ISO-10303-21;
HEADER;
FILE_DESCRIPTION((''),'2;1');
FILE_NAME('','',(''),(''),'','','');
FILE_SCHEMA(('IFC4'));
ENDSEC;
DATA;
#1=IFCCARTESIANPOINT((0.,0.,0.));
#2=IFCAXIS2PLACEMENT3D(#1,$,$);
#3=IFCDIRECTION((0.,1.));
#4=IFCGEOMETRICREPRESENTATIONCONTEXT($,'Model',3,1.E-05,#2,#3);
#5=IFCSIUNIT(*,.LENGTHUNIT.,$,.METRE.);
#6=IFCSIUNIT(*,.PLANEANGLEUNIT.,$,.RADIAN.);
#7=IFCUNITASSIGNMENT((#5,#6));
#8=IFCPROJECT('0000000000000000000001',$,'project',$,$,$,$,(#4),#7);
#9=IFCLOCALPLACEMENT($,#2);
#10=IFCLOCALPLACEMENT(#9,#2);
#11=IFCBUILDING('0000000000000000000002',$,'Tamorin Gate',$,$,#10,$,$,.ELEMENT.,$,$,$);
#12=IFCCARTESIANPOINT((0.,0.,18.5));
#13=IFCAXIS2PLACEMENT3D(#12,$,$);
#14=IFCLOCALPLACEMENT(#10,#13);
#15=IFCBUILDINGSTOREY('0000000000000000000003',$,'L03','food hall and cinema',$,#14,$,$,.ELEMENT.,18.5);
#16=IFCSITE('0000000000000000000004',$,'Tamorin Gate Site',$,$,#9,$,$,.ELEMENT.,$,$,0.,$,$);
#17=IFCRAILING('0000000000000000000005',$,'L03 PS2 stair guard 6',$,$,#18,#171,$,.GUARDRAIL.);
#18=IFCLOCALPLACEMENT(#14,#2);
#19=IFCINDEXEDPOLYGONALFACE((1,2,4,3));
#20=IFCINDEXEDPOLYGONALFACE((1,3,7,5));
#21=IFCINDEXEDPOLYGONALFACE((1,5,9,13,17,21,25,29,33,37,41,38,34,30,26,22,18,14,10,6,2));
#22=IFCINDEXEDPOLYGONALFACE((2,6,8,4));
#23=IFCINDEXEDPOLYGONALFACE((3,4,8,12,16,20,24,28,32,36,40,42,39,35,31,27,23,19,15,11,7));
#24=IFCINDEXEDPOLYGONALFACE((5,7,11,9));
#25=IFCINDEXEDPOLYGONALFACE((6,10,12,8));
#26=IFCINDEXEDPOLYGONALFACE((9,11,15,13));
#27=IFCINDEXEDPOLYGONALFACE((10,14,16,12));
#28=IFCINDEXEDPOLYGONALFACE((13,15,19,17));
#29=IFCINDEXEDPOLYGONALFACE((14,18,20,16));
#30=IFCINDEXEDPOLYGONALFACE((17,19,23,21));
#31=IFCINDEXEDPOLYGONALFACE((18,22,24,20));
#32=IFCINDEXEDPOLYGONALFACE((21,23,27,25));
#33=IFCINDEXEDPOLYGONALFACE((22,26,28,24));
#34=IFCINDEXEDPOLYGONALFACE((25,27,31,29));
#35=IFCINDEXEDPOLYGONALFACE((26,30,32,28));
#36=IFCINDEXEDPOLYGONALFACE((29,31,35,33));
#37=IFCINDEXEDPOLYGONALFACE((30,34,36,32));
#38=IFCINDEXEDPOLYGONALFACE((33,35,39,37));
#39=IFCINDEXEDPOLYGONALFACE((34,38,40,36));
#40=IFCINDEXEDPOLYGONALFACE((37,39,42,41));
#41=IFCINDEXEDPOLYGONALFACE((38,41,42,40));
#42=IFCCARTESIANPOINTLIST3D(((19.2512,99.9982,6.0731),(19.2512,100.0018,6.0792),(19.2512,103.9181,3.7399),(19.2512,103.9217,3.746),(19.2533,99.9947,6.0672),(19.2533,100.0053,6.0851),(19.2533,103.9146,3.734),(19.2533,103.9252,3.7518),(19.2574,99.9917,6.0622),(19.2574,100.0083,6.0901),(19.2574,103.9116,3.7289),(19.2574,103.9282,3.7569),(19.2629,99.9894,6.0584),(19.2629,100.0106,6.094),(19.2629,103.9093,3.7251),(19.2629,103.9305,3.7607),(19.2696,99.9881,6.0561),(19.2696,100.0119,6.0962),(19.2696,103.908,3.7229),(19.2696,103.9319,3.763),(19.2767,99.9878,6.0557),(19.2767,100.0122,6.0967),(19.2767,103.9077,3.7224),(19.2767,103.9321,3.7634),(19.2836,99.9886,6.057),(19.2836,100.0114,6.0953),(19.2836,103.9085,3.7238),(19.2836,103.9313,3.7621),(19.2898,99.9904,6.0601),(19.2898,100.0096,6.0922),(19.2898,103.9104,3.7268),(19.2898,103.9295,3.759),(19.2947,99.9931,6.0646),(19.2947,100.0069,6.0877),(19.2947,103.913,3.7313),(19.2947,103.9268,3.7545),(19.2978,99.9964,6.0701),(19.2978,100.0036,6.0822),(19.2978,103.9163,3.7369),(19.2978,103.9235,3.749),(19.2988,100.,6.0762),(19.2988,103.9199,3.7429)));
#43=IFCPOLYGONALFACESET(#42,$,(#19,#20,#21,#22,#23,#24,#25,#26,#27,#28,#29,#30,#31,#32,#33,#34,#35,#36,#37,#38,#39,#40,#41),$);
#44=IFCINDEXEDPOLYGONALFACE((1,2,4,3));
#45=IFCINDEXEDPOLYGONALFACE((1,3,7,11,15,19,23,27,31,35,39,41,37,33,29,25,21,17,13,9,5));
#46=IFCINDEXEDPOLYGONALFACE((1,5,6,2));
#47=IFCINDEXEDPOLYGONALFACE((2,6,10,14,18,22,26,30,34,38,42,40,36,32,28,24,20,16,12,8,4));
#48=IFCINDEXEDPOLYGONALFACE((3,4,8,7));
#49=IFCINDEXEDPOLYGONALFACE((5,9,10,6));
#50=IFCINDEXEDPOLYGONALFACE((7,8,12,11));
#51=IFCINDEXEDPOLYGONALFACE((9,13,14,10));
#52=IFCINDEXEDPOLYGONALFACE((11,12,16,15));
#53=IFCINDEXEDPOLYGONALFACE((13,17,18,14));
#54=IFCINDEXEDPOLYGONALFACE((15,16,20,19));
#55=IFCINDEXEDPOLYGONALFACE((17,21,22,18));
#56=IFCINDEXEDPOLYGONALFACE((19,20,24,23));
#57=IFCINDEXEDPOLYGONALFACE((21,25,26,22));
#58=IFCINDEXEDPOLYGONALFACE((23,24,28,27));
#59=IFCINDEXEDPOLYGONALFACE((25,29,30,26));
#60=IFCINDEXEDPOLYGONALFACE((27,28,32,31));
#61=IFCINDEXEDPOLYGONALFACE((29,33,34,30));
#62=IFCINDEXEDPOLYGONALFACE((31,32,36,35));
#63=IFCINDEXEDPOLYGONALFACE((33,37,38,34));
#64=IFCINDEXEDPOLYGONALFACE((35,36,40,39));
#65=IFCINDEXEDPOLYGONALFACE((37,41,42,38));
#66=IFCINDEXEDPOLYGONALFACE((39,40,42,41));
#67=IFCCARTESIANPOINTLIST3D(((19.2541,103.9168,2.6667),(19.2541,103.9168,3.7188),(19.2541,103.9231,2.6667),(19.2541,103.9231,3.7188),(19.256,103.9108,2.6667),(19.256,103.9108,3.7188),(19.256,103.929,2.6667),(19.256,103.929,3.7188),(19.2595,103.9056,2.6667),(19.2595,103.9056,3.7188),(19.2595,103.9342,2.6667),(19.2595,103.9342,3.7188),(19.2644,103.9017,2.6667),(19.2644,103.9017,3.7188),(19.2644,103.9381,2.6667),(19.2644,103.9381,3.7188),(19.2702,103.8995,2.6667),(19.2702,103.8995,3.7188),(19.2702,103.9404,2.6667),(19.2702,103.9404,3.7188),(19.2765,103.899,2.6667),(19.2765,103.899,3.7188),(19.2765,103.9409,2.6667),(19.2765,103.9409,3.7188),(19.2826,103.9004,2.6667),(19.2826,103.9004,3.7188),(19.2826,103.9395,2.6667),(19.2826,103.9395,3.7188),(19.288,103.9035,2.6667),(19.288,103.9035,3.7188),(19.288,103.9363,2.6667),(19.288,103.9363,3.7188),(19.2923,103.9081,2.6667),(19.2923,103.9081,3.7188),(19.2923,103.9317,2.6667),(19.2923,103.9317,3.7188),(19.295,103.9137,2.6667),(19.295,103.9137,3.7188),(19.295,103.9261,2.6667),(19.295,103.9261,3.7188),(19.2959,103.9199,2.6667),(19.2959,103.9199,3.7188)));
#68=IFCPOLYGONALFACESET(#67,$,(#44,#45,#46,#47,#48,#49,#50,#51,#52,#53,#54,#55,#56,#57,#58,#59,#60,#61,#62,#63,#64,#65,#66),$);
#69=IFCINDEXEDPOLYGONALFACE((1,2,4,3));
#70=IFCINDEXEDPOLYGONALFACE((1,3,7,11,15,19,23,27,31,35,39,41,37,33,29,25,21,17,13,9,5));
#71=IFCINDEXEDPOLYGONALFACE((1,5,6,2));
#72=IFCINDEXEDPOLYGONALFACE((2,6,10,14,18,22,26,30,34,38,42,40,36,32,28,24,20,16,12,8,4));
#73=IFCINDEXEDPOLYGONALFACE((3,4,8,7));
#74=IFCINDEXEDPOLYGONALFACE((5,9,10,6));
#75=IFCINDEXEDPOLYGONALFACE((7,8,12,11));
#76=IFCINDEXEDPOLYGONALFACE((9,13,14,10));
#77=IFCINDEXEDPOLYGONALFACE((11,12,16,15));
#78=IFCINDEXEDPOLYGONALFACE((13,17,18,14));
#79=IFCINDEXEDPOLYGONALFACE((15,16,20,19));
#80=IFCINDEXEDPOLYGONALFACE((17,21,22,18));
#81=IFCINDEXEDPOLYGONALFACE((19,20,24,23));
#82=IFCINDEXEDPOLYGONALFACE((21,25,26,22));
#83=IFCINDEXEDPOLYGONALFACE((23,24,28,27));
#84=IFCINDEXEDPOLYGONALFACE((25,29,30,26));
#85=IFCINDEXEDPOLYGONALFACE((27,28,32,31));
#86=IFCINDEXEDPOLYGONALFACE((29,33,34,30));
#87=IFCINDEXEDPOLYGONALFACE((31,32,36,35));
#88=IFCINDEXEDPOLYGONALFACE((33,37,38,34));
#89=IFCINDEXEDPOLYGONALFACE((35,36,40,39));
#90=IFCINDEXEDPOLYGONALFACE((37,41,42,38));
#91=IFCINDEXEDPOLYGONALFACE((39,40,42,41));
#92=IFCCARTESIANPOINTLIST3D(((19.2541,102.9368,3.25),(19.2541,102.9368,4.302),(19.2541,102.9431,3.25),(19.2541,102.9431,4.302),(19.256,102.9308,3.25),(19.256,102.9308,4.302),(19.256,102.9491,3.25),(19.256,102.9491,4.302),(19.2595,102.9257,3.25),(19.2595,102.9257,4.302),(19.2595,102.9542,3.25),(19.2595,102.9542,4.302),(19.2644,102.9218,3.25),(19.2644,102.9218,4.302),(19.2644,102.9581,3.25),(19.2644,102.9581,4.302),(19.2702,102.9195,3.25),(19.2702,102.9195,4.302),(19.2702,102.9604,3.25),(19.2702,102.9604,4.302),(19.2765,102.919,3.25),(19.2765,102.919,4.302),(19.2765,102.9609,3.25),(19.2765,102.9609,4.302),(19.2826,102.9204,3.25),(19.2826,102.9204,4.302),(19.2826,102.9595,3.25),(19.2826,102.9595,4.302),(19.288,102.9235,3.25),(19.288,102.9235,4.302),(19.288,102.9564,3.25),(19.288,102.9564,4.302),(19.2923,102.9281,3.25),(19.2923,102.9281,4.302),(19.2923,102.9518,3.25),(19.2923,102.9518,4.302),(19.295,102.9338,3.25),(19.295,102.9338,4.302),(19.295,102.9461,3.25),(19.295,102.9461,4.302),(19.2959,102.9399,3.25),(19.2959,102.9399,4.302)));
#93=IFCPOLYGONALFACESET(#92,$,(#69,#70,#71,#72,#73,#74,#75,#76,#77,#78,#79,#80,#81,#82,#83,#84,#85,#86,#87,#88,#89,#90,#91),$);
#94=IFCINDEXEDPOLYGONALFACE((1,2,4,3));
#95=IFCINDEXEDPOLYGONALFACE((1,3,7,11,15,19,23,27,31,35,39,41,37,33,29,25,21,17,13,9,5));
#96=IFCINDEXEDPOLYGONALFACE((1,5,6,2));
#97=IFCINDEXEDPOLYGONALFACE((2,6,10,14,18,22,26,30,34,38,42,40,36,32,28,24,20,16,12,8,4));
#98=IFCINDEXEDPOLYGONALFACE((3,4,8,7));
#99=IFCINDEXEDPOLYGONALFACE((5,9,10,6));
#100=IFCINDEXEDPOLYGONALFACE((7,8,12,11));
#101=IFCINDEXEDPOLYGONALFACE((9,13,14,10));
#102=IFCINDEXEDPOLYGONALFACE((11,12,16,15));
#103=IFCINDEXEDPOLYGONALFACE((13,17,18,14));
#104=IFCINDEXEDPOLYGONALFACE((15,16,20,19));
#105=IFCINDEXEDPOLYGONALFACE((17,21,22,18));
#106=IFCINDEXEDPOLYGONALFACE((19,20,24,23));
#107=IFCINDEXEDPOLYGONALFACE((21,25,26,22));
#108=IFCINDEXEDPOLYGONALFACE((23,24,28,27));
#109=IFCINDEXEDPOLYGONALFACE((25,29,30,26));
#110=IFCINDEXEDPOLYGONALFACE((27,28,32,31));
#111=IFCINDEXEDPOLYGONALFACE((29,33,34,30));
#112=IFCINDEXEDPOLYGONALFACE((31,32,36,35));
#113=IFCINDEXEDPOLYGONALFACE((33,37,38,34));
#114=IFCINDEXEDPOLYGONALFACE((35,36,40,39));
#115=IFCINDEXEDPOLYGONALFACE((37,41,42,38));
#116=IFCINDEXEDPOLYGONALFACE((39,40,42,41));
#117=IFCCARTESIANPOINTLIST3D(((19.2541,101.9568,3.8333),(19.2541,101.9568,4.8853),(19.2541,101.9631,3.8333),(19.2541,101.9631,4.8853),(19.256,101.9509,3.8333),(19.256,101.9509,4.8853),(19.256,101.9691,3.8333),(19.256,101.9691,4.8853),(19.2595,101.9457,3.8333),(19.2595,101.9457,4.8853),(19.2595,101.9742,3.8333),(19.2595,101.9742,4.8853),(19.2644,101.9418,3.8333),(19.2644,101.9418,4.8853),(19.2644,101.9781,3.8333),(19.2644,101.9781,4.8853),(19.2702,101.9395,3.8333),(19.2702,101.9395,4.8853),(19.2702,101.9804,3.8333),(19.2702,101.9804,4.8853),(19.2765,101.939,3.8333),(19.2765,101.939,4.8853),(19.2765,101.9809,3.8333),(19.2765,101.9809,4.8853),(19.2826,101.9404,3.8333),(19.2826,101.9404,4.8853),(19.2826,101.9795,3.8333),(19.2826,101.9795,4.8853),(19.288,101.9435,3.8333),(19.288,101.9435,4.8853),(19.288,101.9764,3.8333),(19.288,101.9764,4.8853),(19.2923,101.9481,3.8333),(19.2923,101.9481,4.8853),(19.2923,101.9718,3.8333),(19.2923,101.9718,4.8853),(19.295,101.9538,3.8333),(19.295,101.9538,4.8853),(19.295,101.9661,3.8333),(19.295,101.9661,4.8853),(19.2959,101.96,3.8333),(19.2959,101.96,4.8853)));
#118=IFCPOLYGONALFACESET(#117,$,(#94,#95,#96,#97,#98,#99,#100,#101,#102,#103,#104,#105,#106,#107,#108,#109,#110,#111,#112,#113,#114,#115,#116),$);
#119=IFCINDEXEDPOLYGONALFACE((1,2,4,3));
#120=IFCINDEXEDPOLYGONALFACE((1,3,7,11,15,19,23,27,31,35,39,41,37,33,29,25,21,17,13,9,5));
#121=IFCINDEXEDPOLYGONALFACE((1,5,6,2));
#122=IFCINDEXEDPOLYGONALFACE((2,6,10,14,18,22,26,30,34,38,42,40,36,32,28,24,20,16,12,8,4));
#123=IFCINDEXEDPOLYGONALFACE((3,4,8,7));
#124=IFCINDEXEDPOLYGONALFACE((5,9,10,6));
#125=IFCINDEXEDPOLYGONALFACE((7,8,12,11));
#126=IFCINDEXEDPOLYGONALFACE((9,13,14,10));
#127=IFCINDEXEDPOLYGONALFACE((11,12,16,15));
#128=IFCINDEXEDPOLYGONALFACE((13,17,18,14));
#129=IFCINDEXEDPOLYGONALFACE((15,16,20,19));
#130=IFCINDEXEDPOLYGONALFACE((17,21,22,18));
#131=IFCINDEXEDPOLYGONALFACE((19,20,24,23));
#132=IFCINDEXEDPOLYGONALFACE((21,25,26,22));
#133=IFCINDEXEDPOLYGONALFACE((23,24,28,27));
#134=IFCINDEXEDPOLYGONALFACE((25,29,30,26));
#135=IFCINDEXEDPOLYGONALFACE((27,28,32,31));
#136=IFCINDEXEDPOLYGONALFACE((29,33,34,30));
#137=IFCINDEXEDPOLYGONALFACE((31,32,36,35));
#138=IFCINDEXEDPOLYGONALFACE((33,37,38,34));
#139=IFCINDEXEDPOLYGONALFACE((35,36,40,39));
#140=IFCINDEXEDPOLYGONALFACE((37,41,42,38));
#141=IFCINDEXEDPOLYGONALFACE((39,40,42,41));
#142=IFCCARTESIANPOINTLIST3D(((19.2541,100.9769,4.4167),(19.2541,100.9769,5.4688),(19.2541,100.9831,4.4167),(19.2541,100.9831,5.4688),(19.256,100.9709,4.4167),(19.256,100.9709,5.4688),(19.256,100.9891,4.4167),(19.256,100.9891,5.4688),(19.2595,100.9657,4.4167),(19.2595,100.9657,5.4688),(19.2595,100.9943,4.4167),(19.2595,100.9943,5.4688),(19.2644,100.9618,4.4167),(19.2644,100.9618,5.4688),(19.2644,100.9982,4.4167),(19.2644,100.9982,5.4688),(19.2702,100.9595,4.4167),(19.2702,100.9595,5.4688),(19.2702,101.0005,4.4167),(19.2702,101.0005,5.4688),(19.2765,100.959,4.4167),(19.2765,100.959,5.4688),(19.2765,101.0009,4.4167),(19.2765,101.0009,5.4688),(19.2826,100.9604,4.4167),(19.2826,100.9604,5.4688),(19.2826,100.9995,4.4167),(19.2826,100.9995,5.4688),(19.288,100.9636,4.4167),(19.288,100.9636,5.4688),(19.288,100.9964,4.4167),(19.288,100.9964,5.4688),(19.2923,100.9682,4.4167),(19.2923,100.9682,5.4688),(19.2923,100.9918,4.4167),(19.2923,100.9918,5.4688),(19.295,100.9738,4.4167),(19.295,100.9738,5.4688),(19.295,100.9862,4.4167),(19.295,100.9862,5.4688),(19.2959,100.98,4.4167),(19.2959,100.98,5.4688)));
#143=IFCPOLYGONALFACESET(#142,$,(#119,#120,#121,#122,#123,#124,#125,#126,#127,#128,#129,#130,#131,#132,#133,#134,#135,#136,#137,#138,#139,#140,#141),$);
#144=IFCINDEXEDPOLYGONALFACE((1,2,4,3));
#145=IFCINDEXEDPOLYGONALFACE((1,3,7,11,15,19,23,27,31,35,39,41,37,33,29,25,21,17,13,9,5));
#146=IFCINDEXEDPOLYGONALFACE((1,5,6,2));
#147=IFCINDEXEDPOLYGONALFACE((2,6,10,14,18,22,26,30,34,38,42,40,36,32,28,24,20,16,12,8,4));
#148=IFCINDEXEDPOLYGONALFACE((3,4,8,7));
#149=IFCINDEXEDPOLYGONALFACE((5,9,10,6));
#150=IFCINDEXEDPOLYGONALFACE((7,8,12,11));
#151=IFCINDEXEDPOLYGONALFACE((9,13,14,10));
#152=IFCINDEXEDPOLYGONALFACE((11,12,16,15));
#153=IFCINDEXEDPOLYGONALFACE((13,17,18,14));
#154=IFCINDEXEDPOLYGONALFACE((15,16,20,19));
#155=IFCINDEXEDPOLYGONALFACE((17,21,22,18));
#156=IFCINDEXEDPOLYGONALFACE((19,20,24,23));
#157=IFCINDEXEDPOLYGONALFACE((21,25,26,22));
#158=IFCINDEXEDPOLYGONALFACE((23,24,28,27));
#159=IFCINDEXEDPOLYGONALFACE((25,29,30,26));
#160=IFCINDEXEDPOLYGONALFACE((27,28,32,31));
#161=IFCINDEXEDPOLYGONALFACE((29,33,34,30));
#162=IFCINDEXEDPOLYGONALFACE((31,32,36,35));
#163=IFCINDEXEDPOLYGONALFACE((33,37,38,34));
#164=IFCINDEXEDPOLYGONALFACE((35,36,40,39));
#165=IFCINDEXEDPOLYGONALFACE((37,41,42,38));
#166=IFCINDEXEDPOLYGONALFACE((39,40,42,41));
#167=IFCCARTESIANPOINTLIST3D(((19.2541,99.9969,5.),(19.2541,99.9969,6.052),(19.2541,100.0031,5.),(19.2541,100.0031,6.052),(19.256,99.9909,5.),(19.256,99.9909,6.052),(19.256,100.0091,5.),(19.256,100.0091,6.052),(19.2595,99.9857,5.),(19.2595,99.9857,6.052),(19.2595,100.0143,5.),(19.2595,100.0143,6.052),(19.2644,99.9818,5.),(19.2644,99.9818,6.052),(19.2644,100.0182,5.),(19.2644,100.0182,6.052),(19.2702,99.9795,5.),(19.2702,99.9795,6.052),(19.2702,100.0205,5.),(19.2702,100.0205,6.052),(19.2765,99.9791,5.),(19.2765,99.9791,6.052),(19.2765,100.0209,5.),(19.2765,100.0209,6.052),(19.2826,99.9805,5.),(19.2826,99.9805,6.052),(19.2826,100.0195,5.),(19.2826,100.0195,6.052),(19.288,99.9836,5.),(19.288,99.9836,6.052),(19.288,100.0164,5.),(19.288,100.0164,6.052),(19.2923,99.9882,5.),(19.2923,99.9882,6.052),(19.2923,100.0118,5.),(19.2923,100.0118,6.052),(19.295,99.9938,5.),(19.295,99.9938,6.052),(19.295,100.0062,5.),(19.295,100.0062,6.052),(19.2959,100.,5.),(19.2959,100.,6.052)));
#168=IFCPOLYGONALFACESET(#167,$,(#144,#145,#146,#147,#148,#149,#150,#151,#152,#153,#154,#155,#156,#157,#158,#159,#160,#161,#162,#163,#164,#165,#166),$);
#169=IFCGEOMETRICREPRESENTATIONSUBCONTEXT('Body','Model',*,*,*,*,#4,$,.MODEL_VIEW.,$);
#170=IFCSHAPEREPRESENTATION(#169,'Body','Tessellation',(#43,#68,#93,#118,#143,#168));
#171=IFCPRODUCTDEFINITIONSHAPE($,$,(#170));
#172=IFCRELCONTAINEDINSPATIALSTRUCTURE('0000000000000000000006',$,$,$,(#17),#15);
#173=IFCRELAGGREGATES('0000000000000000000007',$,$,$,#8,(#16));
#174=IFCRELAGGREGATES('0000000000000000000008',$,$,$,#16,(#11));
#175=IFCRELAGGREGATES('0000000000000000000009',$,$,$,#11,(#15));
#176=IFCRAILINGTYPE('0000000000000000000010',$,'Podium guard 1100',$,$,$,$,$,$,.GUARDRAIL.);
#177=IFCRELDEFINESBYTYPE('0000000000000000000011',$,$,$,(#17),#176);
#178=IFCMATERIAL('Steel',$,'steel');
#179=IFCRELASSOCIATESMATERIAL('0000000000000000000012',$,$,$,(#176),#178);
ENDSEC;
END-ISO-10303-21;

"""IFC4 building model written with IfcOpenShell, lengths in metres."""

from ifc_helpers import new_model, si_unit, direction, frame, origin, origin_2d, place, context, subcontext, project, spatial, circle, extrude, material, type_object, element, save


model = new_model("IFC4")

# Units and contexts
model_context = context("Model", 3, precision=1e-05, world=origin(), true_north=direction((0.0, 1.0)))
body_context = subcontext(model_context, "Body", "Model", "MODEL_VIEW")
ifc_project = project(units=[si_unit("LENGTHUNIT", "METRE"), si_unit("PLANEANGLEUNIT", "RADIAN")], contexts=[model_context])

# Site, building, storey
site_placement = place(None, origin())
site = spatial("IfcSite", under=ifc_project, at=site_placement, Name="Tamorin Gate Site", CompositionType="ELEMENT", RefElevation=0.0)
building_placement = place(site_placement, origin())
building = spatial("IfcBuilding", under=site, at=building_placement, Name="Tamorin Gate", CompositionType="ELEMENT")
storey_placement = place(building_placement, frame((0.0, 0.0, 18.5)))
storey = spatial("IfcBuildingStorey", under=building, at=storey_placement, Name="L03", Description="food hall and cinema", CompositionType="ELEMENT", Elevation=18.5)

# Railing
ifc_material_1 = material(Name="Steel", Category="steel")
railing_type_1 = type_object("IfcRailingType", Name="Podium guard 1100", PredefinedType="GUARDRAIL", material=ifc_material_1)
railing_1_placement = place(storey_placement, frame((19.2749, 103.9199, 2.6667)))
element("IfcRailing", 1, at=railing_1_placement, inside=storey, type_object=railing_type_1, Name="L03 PS2 stair guard 6", PredefinedType="GUARDRAIL", context=body_context, shape_type="SweptSolid", body=[
    extrude(circle(Radius=0.0239, at=origin_2d()), frame((0.0, 0.0, 1.0762), z_axis=(0.0, -0.859296, 0.511478), x_axis=(1.0, 0.0, 0.0)), (0.0, 0.0, 1.0), 4.5618),
    extrude(circle(Radius=0.021, at=origin_2d()), origin(), (0.0, 0.0, 1.0), 1.052),
    extrude(circle(Radius=0.021, at=origin_2d()), frame((0.0, -0.98, 0.5833)), (0.0, 0.0, 1.0), 1.052),
    extrude(circle(Radius=0.021, at=origin_2d()), frame((0.0, -1.96, 1.1665)), (0.0, 0.0, 1.0), 1.052),
    extrude(circle(Radius=0.021, at=origin_2d()), frame((0.0, -2.9399, 1.75)), (0.0, 0.0, 1.0), 1.052),
    extrude(circle(Radius=0.021, at=origin_2d()), frame((0.0, -3.9199, 2.3333)), (0.0, 0.0, 1.0), 1.052),
])

save(model, "model.ifc")
